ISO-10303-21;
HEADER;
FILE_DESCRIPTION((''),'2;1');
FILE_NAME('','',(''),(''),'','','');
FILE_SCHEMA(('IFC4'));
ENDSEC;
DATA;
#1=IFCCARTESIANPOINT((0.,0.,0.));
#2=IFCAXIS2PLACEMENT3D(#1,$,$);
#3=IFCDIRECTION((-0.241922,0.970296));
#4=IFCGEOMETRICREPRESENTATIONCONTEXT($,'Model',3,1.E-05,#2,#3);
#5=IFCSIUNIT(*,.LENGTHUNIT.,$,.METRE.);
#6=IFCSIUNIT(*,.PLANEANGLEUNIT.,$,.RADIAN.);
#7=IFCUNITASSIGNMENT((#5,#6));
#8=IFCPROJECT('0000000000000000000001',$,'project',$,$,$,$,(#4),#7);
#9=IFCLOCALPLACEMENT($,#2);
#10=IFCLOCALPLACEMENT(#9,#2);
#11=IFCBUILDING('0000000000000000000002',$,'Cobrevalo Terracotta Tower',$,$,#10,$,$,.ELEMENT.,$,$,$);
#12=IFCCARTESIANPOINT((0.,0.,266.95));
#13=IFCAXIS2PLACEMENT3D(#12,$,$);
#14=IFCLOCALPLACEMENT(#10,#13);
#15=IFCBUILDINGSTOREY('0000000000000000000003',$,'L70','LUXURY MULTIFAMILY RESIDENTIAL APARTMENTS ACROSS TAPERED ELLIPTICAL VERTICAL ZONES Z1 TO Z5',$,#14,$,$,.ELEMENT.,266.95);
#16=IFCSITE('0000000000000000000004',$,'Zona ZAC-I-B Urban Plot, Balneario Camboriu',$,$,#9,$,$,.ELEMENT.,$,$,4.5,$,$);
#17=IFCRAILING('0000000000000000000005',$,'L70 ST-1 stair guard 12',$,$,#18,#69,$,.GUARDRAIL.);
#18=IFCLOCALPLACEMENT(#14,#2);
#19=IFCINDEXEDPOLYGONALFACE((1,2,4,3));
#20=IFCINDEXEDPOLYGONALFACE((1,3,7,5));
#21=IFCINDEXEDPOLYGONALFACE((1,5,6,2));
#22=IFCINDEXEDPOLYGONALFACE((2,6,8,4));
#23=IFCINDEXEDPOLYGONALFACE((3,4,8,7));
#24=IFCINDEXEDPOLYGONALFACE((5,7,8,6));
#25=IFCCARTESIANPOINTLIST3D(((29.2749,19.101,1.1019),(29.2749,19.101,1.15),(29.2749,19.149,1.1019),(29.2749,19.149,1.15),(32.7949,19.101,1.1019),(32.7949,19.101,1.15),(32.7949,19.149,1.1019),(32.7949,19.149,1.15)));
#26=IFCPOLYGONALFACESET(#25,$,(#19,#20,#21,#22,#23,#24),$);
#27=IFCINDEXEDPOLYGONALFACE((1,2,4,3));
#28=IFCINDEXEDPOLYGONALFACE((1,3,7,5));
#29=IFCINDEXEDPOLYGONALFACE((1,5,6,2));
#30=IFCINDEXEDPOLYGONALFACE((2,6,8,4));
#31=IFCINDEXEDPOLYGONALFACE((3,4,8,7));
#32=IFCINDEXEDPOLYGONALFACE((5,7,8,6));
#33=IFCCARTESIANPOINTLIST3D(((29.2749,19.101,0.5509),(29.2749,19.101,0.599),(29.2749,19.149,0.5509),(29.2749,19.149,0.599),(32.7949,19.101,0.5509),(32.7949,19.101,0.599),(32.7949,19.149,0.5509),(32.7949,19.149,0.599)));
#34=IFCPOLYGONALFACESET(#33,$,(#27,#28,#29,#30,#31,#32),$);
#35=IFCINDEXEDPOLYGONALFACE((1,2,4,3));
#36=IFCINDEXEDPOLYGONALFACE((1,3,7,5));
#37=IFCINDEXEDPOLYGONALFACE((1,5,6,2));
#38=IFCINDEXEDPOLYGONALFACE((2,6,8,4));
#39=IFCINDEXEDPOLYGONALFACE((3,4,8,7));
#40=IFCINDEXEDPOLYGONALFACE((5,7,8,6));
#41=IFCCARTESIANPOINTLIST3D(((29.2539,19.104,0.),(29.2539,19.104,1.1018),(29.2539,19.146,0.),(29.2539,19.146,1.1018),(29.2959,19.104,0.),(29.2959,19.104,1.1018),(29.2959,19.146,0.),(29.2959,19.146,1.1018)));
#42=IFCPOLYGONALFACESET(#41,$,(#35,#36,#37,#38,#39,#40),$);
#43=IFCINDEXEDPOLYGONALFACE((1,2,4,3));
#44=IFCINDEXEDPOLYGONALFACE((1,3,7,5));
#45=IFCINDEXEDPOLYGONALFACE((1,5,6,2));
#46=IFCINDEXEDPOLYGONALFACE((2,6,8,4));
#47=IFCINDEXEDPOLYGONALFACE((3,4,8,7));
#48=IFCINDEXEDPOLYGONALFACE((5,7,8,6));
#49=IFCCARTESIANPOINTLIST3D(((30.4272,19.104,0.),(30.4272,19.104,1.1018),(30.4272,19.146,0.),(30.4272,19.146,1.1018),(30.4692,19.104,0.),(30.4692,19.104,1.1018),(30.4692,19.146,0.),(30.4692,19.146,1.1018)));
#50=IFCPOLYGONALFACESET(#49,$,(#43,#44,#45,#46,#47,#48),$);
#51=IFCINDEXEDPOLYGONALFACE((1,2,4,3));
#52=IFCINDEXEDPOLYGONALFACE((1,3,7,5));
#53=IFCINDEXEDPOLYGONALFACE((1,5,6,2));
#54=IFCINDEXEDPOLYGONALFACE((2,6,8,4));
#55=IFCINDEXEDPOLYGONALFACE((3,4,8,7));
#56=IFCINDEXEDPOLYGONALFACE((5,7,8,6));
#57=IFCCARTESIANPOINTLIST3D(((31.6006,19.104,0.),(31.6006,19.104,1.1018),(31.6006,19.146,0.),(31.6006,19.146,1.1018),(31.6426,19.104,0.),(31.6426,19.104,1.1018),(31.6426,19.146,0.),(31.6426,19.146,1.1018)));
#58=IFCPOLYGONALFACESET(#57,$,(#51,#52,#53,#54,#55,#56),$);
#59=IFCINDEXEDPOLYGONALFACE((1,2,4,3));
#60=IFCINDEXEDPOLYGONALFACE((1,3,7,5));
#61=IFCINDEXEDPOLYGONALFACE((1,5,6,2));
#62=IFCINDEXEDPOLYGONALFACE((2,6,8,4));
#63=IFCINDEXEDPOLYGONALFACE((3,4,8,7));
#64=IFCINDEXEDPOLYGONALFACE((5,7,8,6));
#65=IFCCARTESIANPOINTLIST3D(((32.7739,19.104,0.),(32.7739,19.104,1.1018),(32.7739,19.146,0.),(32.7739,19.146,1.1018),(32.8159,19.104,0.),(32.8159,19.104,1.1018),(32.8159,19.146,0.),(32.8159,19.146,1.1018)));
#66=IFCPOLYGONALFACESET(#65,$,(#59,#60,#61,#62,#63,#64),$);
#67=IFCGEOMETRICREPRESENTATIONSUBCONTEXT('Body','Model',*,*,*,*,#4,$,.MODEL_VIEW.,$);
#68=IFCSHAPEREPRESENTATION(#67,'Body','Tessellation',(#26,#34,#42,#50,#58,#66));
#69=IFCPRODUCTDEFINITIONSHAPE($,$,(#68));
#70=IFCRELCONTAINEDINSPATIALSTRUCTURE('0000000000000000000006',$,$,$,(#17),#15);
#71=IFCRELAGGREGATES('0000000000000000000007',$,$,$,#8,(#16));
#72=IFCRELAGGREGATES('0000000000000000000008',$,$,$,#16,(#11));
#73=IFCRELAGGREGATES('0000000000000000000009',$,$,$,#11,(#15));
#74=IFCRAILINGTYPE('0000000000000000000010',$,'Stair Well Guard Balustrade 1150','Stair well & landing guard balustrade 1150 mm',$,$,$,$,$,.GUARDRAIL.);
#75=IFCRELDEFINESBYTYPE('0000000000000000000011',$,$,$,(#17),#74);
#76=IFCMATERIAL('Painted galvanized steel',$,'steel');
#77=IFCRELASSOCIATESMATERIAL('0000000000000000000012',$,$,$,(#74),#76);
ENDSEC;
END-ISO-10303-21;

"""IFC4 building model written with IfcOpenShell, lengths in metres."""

from ifc_helpers import new_model, si_unit, direction, frame, origin, origin_2d, place, context, subcontext, project, spatial, rectangle, extrude, material, type_object, element, save


model = new_model("IFC4")

# Units and contexts
model_context = context("Model", 3, precision=1e-05, world=origin(), true_north=direction((-0.241922, 0.970296)))
body_context = subcontext(model_context, "Body", "Model", "MODEL_VIEW")
ifc_project = project(units=[si_unit("LENGTHUNIT", "METRE"), si_unit("PLANEANGLEUNIT", "RADIAN")], contexts=[model_context])

# Site, building, storey
site_placement = place(None, origin())
site = spatial("IfcSite", under=ifc_project, at=site_placement, Name="Zona ZAC-I-B Urban Plot, Balneario Camboriu", CompositionType="ELEMENT", RefElevation=4.5)
building_placement = place(site_placement, origin())
building = spatial("IfcBuilding", under=site, at=building_placement, Name="Cobrevalo Terracotta Tower", CompositionType="ELEMENT")
storey_placement = place(building_placement, frame((0.0, 0.0, 266.95)))
storey = spatial("IfcBuildingStorey", under=building, at=storey_placement, Name="L70", Description="LUXURY MULTIFAMILY RESIDENTIAL APARTMENTS ACROSS TAPERED ELLIPTICAL VERTICAL ZONES Z1 TO Z5", CompositionType="ELEMENT", Elevation=266.95)

# Railing
ifc_material_1 = material(Name="Painted galvanized steel", Category="steel")
railing_type_1 = type_object("IfcRailingType", Name="Stair Well Guard Balustrade 1150", Description="Stair well & landing guard balustrade 1150 mm", PredefinedType="GUARDRAIL", material=ifc_material_1)
railing_1_placement = place(storey_placement, frame((29.2749, 19.125, 0.0)))
element("IfcRailing", 1, at=railing_1_placement, inside=storey, type_object=railing_type_1, Name="L70 ST-1 stair guard 12", PredefinedType="GUARDRAIL", context=body_context, shape_type="SweptSolid", body=[
    extrude(rectangle(XDim=0.0481, YDim=0.0481, at=origin_2d()), frame((0.0, 0.0, 1.126), z_axis=(1.0, 0.0, 0.0), x_axis=(0.0, 1.0, 0.0)), (0.0, 0.0, 1.0), 3.52),
    extrude(rectangle(XDim=0.0481, YDim=0.0481, at=origin_2d()), frame((0.0, 0.0, 0.575), z_axis=(1.0, 0.0, 0.0), x_axis=(0.0, 1.0, 0.0)), (0.0, 0.0, 1.0), 3.52),
    extrude(rectangle(XDim=0.042, YDim=0.042, at=origin_2d()), origin(), (0.0, 0.0, 1.0), 1.1018),
    extrude(rectangle(XDim=0.042, YDim=0.042, at=origin_2d()), frame((1.1733, 0.0, 0.0)), (0.0, 0.0, 1.0), 1.1018),
    extrude(rectangle(XDim=0.042, YDim=0.042, at=origin_2d()), frame((2.3467, 0.0, 0.0)), (0.0, 0.0, 1.0), 1.1018),
    extrude(rectangle(XDim=0.042, YDim=0.042, at=origin_2d()), frame((3.52, 0.0, 0.0)), (0.0, 0.0, 1.0), 1.1018),
])

save(model, "model.ifc")
